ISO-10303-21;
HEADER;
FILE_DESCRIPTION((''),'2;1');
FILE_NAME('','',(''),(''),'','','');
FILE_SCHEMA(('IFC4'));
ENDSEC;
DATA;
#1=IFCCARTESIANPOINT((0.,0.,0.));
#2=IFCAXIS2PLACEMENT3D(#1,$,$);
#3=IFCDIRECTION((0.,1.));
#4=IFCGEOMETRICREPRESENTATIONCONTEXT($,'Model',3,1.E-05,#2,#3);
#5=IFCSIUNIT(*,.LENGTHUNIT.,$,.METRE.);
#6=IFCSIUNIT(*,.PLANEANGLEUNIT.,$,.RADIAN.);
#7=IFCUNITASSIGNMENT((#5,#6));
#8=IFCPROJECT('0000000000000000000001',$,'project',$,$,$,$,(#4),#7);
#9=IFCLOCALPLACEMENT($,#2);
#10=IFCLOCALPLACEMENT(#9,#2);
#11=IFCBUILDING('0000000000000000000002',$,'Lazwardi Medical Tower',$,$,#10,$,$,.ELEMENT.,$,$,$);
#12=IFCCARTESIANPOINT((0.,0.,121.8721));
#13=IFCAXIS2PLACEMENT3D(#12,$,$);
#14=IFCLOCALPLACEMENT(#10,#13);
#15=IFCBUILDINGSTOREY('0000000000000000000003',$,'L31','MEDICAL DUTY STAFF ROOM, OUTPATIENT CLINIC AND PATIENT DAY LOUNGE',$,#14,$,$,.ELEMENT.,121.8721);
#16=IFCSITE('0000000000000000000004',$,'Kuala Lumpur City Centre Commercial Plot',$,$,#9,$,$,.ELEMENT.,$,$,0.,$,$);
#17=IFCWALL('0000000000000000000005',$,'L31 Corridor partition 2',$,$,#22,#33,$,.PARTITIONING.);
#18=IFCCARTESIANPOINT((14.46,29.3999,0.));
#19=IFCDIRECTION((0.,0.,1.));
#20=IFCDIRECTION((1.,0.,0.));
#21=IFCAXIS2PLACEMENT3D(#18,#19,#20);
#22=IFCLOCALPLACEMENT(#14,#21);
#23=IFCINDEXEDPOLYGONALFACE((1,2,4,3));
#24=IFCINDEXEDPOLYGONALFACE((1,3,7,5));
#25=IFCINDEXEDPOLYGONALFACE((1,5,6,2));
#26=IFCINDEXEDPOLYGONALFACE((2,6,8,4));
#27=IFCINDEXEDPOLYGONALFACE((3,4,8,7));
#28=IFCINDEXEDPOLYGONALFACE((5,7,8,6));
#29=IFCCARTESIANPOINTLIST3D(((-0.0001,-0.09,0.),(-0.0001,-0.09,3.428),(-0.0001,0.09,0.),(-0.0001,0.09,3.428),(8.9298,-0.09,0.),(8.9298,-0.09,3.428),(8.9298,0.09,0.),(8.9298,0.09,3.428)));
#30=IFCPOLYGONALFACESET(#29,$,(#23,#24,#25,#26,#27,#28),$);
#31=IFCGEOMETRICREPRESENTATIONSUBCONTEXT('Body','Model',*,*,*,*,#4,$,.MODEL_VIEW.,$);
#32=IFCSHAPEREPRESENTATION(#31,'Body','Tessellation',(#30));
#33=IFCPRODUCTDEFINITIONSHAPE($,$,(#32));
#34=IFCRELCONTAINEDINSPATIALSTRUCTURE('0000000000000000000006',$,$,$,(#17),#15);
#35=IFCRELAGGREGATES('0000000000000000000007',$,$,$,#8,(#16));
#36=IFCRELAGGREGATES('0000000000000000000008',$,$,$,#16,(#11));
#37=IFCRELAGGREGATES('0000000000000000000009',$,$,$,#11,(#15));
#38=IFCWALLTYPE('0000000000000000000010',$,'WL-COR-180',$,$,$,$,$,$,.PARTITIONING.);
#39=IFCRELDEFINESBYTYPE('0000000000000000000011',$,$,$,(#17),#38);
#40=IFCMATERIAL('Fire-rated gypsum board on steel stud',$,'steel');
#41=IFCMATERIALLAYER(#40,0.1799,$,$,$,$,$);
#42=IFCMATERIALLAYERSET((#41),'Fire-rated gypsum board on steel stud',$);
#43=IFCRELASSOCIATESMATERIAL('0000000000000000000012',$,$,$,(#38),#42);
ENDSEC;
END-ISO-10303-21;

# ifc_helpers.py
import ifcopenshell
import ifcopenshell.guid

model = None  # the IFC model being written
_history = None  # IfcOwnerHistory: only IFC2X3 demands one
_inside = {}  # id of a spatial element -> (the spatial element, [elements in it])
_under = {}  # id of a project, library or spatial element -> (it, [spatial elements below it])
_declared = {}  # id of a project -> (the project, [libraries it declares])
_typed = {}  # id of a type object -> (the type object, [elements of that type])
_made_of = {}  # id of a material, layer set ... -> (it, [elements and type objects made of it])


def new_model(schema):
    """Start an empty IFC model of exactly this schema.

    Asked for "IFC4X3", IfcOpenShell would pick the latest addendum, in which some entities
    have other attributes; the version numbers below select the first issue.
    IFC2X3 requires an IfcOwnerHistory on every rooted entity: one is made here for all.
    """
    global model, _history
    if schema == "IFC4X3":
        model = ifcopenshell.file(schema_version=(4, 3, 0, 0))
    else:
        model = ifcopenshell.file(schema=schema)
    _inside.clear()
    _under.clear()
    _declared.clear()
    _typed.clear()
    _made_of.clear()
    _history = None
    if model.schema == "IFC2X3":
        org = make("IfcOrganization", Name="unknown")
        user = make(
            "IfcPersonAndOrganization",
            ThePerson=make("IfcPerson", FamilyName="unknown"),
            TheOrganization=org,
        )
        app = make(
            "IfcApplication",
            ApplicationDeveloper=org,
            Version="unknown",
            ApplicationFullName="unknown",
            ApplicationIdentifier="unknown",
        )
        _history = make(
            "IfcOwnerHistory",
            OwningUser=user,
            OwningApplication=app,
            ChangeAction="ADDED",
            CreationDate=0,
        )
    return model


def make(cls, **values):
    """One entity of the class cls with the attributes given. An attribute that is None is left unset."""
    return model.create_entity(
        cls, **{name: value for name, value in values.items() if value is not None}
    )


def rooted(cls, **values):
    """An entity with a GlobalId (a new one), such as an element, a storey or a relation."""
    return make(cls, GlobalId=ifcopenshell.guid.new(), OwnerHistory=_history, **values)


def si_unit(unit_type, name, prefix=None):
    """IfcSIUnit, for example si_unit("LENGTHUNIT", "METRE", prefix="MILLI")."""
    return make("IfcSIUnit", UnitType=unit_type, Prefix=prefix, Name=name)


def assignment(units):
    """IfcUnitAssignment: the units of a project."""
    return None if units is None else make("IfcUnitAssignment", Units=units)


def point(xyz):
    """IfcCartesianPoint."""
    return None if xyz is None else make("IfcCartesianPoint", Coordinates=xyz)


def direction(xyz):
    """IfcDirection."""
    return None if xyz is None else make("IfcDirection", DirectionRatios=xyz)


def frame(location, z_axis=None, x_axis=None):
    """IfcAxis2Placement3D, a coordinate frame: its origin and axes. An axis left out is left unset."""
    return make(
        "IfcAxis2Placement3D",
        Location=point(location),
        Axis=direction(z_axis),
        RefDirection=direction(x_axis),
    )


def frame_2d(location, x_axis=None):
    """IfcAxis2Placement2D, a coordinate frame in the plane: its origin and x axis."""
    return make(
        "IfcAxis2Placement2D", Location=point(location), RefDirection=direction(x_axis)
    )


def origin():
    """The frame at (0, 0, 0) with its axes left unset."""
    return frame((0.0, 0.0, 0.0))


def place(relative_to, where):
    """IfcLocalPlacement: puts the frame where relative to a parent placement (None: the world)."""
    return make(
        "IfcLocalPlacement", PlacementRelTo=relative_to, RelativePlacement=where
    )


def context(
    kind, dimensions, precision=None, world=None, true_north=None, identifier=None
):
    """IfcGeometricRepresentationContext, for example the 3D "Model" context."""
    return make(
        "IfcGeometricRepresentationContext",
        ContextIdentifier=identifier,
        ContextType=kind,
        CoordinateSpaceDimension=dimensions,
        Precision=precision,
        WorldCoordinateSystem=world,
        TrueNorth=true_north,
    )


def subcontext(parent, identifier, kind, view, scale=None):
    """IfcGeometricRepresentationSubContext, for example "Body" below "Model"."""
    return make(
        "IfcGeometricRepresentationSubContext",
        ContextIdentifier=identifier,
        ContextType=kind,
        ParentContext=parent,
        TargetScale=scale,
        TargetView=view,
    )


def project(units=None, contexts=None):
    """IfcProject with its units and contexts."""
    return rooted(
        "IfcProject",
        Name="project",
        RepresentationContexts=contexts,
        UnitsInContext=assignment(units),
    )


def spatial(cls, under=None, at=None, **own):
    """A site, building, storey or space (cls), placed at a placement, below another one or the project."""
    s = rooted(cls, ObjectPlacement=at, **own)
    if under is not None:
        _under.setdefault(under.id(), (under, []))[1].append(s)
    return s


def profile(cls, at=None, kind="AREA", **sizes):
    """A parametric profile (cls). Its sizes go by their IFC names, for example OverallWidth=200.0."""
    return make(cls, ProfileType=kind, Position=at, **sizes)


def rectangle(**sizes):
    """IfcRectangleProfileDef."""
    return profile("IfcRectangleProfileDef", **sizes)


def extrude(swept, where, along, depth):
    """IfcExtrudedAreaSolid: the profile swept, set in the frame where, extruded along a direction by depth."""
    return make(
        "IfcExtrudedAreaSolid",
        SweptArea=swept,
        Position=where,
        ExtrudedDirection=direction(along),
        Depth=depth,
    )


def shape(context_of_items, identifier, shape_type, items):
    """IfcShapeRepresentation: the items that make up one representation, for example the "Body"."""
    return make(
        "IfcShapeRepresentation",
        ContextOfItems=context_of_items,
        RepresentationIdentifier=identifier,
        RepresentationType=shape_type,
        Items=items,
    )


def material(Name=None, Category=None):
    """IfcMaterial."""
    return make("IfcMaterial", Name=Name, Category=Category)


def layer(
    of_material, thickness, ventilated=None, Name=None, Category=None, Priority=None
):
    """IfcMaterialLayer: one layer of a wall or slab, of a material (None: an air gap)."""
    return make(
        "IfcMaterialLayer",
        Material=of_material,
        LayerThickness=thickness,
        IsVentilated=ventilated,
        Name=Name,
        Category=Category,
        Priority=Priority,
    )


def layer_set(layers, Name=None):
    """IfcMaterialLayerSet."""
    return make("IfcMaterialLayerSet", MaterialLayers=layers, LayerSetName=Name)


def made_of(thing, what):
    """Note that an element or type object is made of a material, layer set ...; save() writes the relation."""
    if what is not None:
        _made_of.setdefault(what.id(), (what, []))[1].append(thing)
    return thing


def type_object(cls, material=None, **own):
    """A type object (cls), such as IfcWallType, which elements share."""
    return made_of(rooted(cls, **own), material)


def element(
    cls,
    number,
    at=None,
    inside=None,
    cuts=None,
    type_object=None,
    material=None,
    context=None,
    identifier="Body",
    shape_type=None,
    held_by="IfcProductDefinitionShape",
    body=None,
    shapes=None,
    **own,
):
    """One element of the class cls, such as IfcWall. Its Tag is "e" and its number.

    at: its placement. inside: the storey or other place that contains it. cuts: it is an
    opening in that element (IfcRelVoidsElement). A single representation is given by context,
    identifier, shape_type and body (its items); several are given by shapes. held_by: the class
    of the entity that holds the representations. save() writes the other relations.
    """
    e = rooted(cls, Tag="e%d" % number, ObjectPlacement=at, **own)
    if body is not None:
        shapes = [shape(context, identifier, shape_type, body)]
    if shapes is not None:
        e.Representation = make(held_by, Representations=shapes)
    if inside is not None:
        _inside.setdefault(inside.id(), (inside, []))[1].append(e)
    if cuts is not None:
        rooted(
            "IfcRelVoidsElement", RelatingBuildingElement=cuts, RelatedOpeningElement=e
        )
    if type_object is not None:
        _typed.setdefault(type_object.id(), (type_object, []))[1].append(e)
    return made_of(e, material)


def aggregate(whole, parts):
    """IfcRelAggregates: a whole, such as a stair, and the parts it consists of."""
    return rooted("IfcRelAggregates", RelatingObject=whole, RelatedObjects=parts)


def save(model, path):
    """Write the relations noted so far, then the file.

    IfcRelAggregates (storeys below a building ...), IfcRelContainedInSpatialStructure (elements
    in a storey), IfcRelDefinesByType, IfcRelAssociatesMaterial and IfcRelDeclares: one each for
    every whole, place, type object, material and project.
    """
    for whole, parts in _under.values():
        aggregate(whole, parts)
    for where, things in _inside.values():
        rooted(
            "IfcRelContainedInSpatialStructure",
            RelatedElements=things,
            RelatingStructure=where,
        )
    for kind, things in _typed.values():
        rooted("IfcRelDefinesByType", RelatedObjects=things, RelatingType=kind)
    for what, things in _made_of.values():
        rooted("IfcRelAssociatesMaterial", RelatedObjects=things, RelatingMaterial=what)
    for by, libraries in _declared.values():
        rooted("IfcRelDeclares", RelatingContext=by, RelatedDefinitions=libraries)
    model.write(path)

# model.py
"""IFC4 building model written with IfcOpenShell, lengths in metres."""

from ifc_helpers import new_model, si_unit, direction, frame, frame_2d, origin, place, context, subcontext, project, spatial, rectangle, extrude, material, layer, layer_set, type_object, element, save


model = new_model("IFC4")

# Units and contexts
model_context = context("Model", 3, precision=1e-05, world=origin(), true_north=direction((0.0, 1.0)))
body_context = subcontext(model_context, "Body", "Model", "MODEL_VIEW")
ifc_project = project(units=[si_unit("LENGTHUNIT", "METRE"), si_unit("PLANEANGLEUNIT", "RADIAN")], contexts=[model_context])

# Site, building, storey
site_placement = place(None, origin())
site = spatial("IfcSite", under=ifc_project, at=site_placement, Name="Kuala Lumpur City Centre Commercial Plot", CompositionType="ELEMENT", RefElevation=0.0)
building_placement = place(site_placement, origin())
building = spatial("IfcBuilding", under=site, at=building_placement, Name="Lazwardi Medical Tower", CompositionType="ELEMENT")
storey_placement = place(building_placement, frame((0.0, 0.0, 121.8721)))
storey = spatial("IfcBuildingStorey", under=building, at=storey_placement, Name="L31", Description="MEDICAL DUTY STAFF ROOM, OUTPATIENT CLINIC AND PATIENT DAY LOUNGE", CompositionType="ELEMENT", Elevation=121.8721)

# Wall
ifc_material_1 = material(Name="Fire-rated gypsum board on steel stud", Category="steel")
ifc_layer_1 = layer(ifc_material_1, 0.1799)
ifc_layer_set_1 = layer_set([ifc_layer_1], Name="Fire-rated gypsum board on steel stud")
wall_type = type_object("IfcWallType", Name="WL-COR-180", PredefinedType="PARTITIONING", material=ifc_layer_set_1)
wall_1_placement = place(storey_placement, frame((14.46, 29.3999, 0.0), z_axis=(0.0, 0.0, 1.0), x_axis=(1.0, 0.0, 0.0)))
element("IfcWall", 1, at=wall_1_placement, inside=storey, type_object=wall_type, Name="L31 Corridor partition 2", PredefinedType="PARTITIONING", context=body_context, shape_type="SweptSolid", body=[
    extrude(rectangle(XDim=8.9299, YDim=0.1799, at=frame_2d((4.4648, 0.0))), origin(), (0.0, 0.0, 1.0), 3.428),
])

save(model, "model.ifc")
